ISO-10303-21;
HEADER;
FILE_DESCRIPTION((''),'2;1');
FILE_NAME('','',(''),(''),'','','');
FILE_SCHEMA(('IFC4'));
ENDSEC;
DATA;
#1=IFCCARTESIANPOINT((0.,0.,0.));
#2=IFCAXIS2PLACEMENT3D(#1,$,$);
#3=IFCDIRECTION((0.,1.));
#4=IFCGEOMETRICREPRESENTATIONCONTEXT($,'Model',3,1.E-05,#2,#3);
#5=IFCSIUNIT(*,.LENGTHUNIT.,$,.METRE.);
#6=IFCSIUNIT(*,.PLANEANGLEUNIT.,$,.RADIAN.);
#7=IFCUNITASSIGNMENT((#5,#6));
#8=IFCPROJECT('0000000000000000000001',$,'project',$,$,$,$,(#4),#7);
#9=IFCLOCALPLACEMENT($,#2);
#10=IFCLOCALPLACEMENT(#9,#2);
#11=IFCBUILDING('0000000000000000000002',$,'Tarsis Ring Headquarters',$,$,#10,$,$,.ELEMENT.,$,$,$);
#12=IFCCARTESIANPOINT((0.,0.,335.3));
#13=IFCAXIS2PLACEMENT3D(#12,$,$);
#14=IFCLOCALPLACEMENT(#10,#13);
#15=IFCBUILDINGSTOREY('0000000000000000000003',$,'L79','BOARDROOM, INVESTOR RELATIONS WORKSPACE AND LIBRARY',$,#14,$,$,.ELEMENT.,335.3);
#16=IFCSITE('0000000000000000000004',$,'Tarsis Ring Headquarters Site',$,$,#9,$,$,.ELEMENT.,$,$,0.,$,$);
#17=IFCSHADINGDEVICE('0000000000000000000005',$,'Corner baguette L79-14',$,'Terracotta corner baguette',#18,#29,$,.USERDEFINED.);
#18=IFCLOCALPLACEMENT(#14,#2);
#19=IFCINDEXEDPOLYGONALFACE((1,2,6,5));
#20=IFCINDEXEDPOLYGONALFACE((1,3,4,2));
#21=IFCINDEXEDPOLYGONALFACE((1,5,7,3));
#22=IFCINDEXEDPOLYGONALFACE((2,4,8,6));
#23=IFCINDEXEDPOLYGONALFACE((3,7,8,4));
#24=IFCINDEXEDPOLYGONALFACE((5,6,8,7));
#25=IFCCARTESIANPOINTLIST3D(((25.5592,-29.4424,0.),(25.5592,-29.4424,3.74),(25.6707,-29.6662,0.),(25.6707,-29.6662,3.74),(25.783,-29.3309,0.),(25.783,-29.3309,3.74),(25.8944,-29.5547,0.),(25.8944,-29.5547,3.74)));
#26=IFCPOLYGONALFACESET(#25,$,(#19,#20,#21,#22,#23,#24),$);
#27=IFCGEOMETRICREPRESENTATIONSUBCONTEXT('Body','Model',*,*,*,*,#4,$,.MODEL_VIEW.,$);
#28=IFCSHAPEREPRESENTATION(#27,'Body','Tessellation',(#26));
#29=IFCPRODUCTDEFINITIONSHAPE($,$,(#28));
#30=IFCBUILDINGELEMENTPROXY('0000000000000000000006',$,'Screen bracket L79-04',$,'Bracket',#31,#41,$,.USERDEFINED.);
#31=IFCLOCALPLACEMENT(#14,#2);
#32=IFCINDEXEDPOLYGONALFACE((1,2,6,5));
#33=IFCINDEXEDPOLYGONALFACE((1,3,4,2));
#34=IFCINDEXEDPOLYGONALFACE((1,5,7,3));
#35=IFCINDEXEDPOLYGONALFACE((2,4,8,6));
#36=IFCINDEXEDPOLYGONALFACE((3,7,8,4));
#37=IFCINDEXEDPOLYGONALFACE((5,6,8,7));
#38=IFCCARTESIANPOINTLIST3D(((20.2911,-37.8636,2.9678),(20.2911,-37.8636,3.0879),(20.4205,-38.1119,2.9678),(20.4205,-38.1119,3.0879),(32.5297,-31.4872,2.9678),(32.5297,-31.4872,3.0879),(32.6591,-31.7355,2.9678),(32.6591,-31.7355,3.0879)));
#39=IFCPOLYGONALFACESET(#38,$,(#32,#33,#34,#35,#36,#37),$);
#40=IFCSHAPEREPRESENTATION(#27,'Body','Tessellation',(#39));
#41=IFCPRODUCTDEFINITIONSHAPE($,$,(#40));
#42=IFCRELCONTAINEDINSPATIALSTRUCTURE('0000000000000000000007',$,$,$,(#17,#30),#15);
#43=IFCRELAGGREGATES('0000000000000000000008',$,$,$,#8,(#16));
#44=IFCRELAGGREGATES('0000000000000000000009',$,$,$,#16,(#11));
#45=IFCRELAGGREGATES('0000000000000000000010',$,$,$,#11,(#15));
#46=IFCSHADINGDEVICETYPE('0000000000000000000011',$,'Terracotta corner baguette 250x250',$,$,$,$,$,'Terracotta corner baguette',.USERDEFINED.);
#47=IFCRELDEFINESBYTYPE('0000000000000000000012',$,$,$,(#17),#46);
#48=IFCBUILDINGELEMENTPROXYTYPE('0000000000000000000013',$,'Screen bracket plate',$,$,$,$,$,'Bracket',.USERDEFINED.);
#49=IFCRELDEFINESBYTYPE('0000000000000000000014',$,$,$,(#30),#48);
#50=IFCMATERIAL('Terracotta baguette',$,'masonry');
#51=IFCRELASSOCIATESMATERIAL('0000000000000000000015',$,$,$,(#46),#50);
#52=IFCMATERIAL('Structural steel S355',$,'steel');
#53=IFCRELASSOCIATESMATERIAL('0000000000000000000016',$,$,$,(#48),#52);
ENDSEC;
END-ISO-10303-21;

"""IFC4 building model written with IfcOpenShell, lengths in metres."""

from ifc_helpers import new_model, si_unit, direction, frame, origin, origin_2d, place, context, subcontext, project, spatial, rectangle, extrude, material, type_object, element, save


model = new_model("IFC4")

# Units and contexts
model_context = context("Model", 3, precision=1e-05, world=origin(), true_north=direction((0.0, 1.0)))
body_context = subcontext(model_context, "Body", "Model", "MODEL_VIEW")
ifc_project = project(units=[si_unit("LENGTHUNIT", "METRE"), si_unit("PLANEANGLEUNIT", "RADIAN")], contexts=[model_context])

# Site, building, storey
site_placement = place(None, origin())
site = spatial("IfcSite", under=ifc_project, at=site_placement, Name="Tarsis Ring Headquarters Site", CompositionType="ELEMENT", RefElevation=0.0)
building_placement = place(site_placement, origin())
building = spatial("IfcBuilding", under=site, at=building_placement, Name="Tarsis Ring Headquarters", CompositionType="ELEMENT")
storey_placement = place(building_placement, frame((0.0, 0.0, 335.3)))
storey = spatial("IfcBuildingStorey", under=building, at=storey_placement, Name="L79", Description="BOARDROOM, INVESTOR RELATIONS WORKSPACE AND LIBRARY", CompositionType="ELEMENT", Elevation=335.3)

# Shared definitions
ifc_material_1 = material(Name="Structural steel S355", Category="steel")

# Shading device
ifc_material_2 = material(Name="Terracotta baguette", Category="masonry")
shading_device_type_1 = type_object("IfcShadingDeviceType", Name="Terracotta corner baguette 250x250", ElementType="Terracotta corner baguette", PredefinedType="USERDEFINED", material=ifc_material_2)
for number, where, z_axis, x_axis, name in (
    (1, (25.7268, -29.4985, 0.0), (0.0, 0.0, 1.0), (0.89509, 0.445885, 0.0), "Corner baguette L79-14"),
):
    element("IfcShadingDevice", number, at=place(storey_placement, frame(where, z_axis=z_axis, x_axis=x_axis)), inside=storey, type_object=shading_device_type_1, Name=name, ObjectType="Terracotta corner baguette", PredefinedType="USERDEFINED", context=body_context, shape_type="SweptSolid", body=[
        extrude(rectangle(XDim=0.25, YDim=0.25, at=origin_2d()), origin(), (0.0, 0.0, 1.0), 3.74),
    ])

# Building element proxy
building_element_proxy_type = type_object("IfcBuildingElementProxyType", Name="Screen bracket plate", ElementType="Bracket", PredefinedType="USERDEFINED", material=ifc_material_1)
proxy_placement = place(storey_placement, frame((26.4751, -34.7996, 2.9678), z_axis=(0.0, 0.0, 1.0), x_axis=(0.88685, 0.462058, 0.0)))
element("IfcBuildingElementProxy", 2, at=proxy_placement, inside=storey, type_object=building_element_proxy_type, Name="Screen bracket L79-04", ObjectType="Bracket", PredefinedType="USERDEFINED", context=body_context, shape_type="SweptSolid", body=[
    extrude(rectangle(XDim=13.8, YDim=0.28, at=origin_2d()), origin(), (0.0, 0.0, 1.0), 0.1201),
])

save(model, "model.ifc")
